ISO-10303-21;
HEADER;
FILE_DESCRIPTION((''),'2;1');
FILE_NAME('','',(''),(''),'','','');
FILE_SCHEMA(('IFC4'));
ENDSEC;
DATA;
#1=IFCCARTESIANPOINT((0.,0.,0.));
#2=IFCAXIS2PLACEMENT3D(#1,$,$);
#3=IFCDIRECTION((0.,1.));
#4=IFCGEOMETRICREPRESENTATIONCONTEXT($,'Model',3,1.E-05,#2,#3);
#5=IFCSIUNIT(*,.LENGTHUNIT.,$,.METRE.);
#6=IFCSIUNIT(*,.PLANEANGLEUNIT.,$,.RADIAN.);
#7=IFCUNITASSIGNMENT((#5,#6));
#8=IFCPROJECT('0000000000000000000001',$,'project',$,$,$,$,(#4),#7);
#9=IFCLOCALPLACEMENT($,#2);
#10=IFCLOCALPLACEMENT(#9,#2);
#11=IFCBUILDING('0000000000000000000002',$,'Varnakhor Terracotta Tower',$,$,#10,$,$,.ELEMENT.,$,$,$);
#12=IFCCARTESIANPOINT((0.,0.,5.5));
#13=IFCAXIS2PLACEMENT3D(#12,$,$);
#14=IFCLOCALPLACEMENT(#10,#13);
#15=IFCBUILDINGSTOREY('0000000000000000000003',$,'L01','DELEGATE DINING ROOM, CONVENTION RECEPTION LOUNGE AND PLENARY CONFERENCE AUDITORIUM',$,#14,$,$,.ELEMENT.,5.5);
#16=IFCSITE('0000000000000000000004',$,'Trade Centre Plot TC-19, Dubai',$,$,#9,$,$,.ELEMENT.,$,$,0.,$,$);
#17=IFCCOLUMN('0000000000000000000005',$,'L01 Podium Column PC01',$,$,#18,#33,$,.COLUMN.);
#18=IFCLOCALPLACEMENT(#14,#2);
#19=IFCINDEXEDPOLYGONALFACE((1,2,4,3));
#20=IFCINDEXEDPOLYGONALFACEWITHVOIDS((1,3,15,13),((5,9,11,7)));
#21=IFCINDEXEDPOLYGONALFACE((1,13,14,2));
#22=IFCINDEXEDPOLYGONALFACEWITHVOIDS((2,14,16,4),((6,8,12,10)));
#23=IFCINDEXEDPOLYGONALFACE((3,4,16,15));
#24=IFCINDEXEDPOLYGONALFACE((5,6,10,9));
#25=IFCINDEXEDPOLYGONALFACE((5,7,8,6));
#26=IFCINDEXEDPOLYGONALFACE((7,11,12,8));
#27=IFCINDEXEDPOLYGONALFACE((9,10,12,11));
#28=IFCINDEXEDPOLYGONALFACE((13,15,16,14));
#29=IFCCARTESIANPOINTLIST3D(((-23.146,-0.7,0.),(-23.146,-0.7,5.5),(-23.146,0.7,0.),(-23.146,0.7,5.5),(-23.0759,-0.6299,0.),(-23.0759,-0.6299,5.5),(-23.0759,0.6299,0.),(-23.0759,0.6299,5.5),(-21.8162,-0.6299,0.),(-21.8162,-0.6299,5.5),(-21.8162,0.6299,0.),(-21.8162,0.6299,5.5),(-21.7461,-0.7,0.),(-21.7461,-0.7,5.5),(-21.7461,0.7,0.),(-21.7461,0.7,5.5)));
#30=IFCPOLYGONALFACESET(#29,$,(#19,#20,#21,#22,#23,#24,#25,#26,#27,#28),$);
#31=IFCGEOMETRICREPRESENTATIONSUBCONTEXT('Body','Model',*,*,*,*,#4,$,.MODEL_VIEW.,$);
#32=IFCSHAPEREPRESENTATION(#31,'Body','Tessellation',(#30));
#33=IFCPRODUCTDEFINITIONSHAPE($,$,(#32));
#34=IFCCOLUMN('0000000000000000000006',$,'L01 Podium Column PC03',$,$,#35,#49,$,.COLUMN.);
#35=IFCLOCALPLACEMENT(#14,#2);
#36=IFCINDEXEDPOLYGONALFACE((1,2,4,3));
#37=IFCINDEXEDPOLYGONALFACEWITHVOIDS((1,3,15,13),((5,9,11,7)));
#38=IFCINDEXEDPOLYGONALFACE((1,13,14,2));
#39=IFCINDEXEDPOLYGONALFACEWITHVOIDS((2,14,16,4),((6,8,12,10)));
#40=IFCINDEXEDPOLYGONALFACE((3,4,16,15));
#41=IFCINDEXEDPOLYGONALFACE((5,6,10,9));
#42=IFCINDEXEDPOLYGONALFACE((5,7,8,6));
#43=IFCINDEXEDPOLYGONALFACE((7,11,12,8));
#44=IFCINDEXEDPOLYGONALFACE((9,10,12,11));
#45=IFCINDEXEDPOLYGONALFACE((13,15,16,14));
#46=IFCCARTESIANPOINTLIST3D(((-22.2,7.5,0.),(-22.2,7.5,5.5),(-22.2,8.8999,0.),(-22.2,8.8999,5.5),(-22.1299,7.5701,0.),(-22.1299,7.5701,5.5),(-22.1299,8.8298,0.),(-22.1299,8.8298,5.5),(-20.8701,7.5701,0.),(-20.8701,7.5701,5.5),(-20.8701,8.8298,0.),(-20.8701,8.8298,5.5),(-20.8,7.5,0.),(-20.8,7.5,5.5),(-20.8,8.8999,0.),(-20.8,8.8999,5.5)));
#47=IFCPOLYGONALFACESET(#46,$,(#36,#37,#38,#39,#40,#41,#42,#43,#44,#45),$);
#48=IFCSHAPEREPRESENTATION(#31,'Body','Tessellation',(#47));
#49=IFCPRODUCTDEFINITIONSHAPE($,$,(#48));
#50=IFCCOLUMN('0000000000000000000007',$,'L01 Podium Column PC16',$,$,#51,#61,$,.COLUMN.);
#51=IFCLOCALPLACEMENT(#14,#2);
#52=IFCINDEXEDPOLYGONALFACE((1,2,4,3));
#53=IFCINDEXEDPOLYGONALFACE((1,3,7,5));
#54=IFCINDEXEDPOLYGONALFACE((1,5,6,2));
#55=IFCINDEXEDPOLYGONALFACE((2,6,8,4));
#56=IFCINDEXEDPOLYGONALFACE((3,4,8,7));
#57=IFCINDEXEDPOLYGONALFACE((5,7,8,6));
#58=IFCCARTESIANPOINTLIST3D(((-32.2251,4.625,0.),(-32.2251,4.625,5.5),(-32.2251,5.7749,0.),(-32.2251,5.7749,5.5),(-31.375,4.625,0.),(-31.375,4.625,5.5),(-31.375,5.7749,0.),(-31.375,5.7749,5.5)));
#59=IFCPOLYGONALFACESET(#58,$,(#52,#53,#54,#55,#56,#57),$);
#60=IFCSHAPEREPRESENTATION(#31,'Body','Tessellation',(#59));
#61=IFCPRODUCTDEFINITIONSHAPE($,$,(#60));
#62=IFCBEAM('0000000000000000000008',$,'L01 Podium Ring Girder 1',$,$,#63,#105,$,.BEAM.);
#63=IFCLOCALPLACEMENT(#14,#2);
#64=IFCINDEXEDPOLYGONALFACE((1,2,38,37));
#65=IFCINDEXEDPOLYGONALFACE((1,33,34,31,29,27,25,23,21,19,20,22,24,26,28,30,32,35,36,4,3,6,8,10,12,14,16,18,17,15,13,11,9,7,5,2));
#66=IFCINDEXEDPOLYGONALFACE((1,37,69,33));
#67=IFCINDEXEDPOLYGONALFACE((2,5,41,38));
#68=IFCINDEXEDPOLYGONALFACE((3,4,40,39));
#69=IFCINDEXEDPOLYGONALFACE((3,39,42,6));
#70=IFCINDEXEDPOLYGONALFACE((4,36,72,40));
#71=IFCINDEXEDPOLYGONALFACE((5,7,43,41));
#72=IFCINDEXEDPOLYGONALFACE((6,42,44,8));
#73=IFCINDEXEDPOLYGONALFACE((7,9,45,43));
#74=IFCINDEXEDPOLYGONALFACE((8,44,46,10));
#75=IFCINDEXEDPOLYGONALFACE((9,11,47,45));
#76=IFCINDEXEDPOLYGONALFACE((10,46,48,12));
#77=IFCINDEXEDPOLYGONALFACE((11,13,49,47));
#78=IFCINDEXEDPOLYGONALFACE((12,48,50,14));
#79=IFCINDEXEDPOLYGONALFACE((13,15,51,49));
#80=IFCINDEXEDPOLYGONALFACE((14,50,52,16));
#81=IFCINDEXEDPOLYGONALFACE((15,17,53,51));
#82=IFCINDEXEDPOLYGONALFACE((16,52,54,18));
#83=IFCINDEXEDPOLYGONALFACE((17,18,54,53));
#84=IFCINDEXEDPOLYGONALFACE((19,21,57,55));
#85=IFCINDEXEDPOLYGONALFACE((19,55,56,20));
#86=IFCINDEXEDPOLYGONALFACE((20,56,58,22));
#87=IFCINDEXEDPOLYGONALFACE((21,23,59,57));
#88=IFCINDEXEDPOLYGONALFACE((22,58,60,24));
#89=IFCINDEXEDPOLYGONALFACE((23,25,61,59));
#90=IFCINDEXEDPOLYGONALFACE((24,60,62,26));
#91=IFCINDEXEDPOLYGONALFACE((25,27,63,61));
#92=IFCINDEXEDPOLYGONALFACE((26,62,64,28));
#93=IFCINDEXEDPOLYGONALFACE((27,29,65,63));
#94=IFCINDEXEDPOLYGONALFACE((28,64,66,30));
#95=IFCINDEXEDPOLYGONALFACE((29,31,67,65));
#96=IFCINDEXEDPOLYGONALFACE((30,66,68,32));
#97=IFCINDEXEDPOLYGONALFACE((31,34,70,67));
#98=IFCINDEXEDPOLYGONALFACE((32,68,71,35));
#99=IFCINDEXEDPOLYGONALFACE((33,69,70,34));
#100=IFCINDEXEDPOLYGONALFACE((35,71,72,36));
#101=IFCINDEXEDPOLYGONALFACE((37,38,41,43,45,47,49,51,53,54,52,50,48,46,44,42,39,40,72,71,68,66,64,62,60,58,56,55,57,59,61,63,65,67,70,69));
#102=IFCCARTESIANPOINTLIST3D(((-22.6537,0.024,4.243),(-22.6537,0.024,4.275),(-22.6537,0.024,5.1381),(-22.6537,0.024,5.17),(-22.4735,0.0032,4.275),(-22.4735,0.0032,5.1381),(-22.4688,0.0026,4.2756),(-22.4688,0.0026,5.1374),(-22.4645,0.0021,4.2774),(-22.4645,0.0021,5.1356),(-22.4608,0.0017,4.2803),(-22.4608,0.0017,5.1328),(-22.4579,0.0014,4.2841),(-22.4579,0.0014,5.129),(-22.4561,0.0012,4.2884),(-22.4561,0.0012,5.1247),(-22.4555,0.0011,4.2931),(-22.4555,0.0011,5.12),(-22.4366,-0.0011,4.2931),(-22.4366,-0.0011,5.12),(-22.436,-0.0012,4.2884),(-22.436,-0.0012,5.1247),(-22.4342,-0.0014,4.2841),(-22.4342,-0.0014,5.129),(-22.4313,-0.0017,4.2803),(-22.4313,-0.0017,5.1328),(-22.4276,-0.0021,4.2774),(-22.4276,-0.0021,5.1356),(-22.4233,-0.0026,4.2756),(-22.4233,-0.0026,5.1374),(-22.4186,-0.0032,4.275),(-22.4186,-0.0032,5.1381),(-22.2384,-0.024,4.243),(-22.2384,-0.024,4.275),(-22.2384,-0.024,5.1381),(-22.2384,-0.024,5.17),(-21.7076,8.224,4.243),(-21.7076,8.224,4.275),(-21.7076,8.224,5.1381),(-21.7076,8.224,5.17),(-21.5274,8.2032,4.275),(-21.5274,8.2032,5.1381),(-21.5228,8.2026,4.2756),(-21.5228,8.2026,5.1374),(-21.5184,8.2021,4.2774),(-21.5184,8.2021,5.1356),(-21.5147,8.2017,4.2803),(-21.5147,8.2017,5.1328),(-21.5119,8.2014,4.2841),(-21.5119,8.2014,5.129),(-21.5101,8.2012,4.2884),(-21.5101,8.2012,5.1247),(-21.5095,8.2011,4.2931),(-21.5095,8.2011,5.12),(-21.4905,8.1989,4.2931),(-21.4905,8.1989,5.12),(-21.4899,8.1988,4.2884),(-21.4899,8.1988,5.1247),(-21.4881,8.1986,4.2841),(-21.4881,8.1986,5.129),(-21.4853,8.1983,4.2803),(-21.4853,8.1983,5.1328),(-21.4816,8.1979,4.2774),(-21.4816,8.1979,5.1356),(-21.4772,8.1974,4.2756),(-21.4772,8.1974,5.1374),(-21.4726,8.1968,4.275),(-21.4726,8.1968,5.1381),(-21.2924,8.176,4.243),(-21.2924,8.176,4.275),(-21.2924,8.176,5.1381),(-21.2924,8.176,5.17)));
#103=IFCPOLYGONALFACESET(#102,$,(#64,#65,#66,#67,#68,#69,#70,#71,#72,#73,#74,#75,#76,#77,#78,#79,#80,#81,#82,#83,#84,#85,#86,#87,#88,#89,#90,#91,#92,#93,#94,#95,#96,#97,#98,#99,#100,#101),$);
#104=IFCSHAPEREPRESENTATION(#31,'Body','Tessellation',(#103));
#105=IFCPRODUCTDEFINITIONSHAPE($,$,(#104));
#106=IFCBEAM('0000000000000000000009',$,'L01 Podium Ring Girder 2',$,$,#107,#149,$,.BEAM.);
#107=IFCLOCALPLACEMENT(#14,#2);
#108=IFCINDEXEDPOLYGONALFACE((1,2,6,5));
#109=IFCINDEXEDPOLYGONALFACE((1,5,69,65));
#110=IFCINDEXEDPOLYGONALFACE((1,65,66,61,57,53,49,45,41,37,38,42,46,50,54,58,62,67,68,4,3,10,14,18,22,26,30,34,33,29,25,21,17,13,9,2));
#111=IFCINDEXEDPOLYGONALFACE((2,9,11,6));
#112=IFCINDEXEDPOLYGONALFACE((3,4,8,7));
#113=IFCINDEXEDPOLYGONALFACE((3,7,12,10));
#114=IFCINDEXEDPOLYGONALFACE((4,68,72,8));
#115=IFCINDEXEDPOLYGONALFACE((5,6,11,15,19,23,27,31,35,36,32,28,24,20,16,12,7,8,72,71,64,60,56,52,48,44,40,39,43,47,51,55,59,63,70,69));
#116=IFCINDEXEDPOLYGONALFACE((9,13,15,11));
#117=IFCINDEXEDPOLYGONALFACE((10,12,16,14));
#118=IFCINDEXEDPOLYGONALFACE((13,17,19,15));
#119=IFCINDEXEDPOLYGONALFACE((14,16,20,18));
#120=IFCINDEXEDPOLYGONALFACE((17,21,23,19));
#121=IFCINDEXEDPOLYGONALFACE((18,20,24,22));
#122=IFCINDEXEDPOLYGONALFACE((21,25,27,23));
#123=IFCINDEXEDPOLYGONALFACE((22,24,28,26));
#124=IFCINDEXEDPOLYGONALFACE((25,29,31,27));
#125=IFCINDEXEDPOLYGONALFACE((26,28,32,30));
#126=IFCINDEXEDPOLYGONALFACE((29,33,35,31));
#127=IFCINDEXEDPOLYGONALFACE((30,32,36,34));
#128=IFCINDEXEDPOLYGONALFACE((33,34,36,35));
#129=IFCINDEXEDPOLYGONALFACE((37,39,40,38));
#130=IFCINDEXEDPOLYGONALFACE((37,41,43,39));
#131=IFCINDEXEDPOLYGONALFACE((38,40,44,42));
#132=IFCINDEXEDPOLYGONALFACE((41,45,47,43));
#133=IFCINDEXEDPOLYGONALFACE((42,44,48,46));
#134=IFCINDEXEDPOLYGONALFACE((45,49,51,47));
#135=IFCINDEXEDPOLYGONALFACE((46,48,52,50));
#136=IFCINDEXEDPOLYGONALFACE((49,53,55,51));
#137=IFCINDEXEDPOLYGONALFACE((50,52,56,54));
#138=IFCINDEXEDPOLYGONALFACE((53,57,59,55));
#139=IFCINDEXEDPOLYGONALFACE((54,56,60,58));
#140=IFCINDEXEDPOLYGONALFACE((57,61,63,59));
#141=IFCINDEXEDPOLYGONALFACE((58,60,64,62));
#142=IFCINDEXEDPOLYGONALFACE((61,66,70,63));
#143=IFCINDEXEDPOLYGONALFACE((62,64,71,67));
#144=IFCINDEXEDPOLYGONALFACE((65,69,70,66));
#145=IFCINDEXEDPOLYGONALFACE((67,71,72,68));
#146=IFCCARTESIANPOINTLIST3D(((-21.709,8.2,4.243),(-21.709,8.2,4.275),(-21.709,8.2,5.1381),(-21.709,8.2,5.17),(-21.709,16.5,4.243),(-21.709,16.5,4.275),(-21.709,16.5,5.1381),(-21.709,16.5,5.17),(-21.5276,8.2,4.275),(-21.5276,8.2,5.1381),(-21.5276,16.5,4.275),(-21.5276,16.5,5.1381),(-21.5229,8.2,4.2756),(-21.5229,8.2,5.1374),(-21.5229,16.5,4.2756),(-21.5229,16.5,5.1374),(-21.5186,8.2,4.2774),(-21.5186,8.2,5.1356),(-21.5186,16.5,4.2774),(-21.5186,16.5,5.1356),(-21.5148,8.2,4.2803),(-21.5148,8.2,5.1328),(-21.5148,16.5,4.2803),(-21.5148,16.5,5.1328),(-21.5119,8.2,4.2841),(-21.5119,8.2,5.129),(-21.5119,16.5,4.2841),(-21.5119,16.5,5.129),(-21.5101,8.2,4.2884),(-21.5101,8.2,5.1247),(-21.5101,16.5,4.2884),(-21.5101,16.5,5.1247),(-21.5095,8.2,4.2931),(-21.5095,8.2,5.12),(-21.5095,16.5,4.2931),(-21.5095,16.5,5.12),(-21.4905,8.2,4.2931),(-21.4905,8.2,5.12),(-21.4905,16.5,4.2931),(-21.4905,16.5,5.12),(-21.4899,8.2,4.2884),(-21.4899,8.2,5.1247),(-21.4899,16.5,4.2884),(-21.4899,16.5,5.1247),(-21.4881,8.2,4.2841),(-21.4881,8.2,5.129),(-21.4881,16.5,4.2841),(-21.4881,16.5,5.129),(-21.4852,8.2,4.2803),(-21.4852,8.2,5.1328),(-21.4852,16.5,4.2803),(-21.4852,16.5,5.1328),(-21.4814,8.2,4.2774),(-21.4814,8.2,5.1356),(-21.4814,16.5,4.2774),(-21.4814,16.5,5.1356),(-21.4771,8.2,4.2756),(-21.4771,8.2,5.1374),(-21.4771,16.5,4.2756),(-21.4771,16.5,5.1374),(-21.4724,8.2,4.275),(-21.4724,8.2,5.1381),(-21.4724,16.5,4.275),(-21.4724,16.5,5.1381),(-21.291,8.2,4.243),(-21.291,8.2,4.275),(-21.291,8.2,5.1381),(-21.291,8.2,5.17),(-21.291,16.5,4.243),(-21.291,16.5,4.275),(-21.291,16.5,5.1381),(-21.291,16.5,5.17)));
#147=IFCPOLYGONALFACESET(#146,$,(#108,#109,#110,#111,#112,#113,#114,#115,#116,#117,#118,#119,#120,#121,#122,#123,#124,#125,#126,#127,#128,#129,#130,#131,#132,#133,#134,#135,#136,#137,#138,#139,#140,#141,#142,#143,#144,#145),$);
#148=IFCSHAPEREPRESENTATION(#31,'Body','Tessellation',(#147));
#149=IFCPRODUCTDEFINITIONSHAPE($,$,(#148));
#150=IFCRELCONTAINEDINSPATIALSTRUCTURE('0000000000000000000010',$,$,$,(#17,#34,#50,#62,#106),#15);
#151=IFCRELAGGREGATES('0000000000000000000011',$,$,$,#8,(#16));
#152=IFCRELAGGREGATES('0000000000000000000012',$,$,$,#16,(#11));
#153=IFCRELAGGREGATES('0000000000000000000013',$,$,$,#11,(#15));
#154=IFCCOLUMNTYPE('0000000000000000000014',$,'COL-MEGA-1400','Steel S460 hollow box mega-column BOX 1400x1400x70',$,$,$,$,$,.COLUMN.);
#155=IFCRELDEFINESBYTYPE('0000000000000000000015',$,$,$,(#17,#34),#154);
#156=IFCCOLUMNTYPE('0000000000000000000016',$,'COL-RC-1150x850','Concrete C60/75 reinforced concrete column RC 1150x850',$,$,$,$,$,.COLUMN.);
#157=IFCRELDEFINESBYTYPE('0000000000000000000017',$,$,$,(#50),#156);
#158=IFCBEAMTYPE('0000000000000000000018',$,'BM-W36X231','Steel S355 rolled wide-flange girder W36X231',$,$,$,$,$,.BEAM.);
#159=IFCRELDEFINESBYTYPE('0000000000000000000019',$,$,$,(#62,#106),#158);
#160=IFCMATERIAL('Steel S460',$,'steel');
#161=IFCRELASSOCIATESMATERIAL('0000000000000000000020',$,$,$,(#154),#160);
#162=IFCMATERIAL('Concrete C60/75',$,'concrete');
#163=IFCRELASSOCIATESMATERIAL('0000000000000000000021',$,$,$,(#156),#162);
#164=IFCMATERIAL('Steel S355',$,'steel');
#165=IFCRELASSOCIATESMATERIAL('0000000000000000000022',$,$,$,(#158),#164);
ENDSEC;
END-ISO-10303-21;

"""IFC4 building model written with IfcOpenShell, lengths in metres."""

from ifc_helpers import new_model, si_unit, direction, frame, origin, origin_2d, place, context, subcontext, project, spatial, rectangle, hollow_rectangle, i_section, extrude, source, transform, mapped, material, material_profile, profile_set, type_object, type_shapes, element, save


model = new_model("IFC4")

# Units and contexts
model_context = context("Model", 3, precision=1e-05, world=origin(), true_north=direction((0.0, 1.0)))
body_context = subcontext(model_context, "Body", "Model", "MODEL_VIEW")
ifc_project = project(units=[si_unit("LENGTHUNIT", "METRE"), si_unit("PLANEANGLEUNIT", "RADIAN")], contexts=[model_context])

# Site, building, storey
site_placement = place(None, origin())
site = spatial("IfcSite", under=ifc_project, at=site_placement, Name="Trade Centre Plot TC-19, Dubai", CompositionType="ELEMENT", RefElevation=0.0)
building_placement = place(site_placement, origin())
building = spatial("IfcBuilding", under=site, at=building_placement, Name="Varnakhor Terracotta Tower", CompositionType="ELEMENT")
storey_placement = place(building_placement, frame((0.0, 0.0, 5.5)))
storey = spatial("IfcBuildingStorey", under=building, at=storey_placement, Name="L01", Description="DELEGATE DINING ROOM, CONVENTION RECEPTION LOUNGE AND PLENARY CONFERENCE AUDITORIUM", CompositionType="ELEMENT", Elevation=5.5)

# Columns
ifc_material_1 = material(Name="Steel S460", Category="steel")
ifc_material_profile_1 = material_profile(ifc_material_1, hollow_rectangle(XDim=1.3999, YDim=1.3999, WallThickness=0.0701, at=origin_2d()), Name="BOX 1400x1400x70")
ifc_profile_set_1 = profile_set([ifc_material_profile_1], Name="Steel S460")
column_type_1 = type_object("IfcColumnType", Name="COL-MEGA-1400", Description="Steel S460 hollow box mega-column BOX 1400x1400x70", PredefinedType="COLUMN", material=ifc_profile_set_1)
shared_shape_1 = source(origin(), body_context, "Body", "SweptSolid", [
    extrude(hollow_rectangle(XDim=1.3999, YDim=1.3999, WallThickness=0.0701, at=origin_2d()), origin(), (0.0, 0.0, 1.0), 5.5),
])
for number, where, z_axis, x_axis, name in (
    (1, (-22.446, 0.0, 0.0), (0.0, 0.0, 1.0), (1.0, 0.0, 0.0), "L01 Podium Column PC01"),
    (2, (-21.5, 8.2, 0.0), (0.0, 0.0, 1.0), (1.0, 0.0, 0.0), "L01 Podium Column PC03"),
):
    element("IfcColumn", number, at=place(storey_placement, frame(where, z_axis=z_axis, x_axis=x_axis)), inside=storey, type_object=column_type_1, Name=name, PredefinedType="COLUMN", context=body_context, shape_type="MappedRepresentation", body=[
        mapped(shared_shape_1, transform((0.0, 0.0, 0.0), scale=1.0)),
    ])
ifc_material_2 = material(Name="Concrete C60/75", Category="concrete")
ifc_material_profile_2 = material_profile(ifc_material_2, rectangle(XDim=0.8501, YDim=1.1499, at=origin_2d()), Name="RC 1150x850")
ifc_profile_set_2 = profile_set([ifc_material_profile_2], Name="Concrete C60/75")
column_type_2 = type_object("IfcColumnType", Name="COL-RC-1150x850", Description="Concrete C60/75 reinforced concrete column RC 1150x850", PredefinedType="COLUMN", material=ifc_profile_set_2)
shared_shape_2 = source(origin(), body_context, "Body", "SweptSolid", [
    extrude(rectangle(XDim=0.8501, YDim=1.1499, at=origin_2d()), origin(), (0.0, 0.0, 1.0), 5.5),
])
column_placement = place(storey_placement, frame((-31.8, 5.2, 0.0), z_axis=(0.0, 0.0, 1.0), x_axis=(1.0, 0.0, 0.0)))
element("IfcColumn", 3, at=column_placement, inside=storey, type_object=column_type_2, Name="L01 Podium Column PC16", PredefinedType="COLUMN", context=body_context, shape_type="MappedRepresentation", body=[
    mapped(shared_shape_2, transform((0.0, 0.0, 0.0), scale=1.0)),
])

# Beams
ifc_material_3 = material(Name="Steel S355", Category="steel")
ifc_material_profile_3 = material_profile(ifc_material_3, i_section(OverallWidth=0.418, OverallDepth=0.927, WebThickness=0.019, FlangeThickness=0.032, FilletRadius=0.0181, at=origin_2d()), Name="W36X231")
ifc_profile_set_3 = profile_set([ifc_material_profile_3], Name="Steel S355")
beam_type_1 = type_object("IfcBeamType", Name="BM-W36X231", Description="Steel S355 rolled wide-flange girder W36X231", PredefinedType="BEAM", material=ifc_profile_set_3)
shared_shape_3 = source(origin(), body_context, "Body", "SweptSolid", [
    extrude(i_section(OverallWidth=0.418, OverallDepth=0.927, WebThickness=0.019, FlangeThickness=0.032, FilletRadius=0.0181, at=origin_2d()), origin(), (0.0, 0.0, 1.0), 8.2544),
])
type_shapes(beam_type_1, [shared_shape_3])
beam_1_placement = place(storey_placement, frame((-22.446, 0.0, 4.7065), z_axis=(0.114612, 0.99341, 0.0), x_axis=(-0.99341, 0.114612, 0.0)))
element("IfcBeam", 4, at=beam_1_placement, inside=storey, type_object=beam_type_1, Name="L01 Podium Ring Girder 1", PredefinedType="BEAM", context=body_context, shape_type="MappedRepresentation", body=[
    mapped(shared_shape_3, transform((0.0, 0.0, 0.0), scale=1.0)),
])
shared_shape_4 = source(origin(), body_context, "Body", "SweptSolid", [
    extrude(i_section(OverallWidth=0.418, OverallDepth=0.927, WebThickness=0.019, FlangeThickness=0.032, FilletRadius=0.0181, at=origin_2d()), origin(), (0.0, 0.0, 1.0), 8.3),
])
beam_2_placement = place(storey_placement, frame((-21.5, 8.2, 4.7065), z_axis=(0.0, 1.0, 0.0), x_axis=(-1.0, 0.0, 0.0)))
element("IfcBeam", 5, at=beam_2_placement, inside=storey, type_object=beam_type_1, Name="L01 Podium Ring Girder 2", PredefinedType="BEAM", context=body_context, shape_type="MappedRepresentation", body=[
    mapped(shared_shape_4, transform((0.0, 0.0, 0.0), scale=1.0)),
])

save(model, "model.ifc")
